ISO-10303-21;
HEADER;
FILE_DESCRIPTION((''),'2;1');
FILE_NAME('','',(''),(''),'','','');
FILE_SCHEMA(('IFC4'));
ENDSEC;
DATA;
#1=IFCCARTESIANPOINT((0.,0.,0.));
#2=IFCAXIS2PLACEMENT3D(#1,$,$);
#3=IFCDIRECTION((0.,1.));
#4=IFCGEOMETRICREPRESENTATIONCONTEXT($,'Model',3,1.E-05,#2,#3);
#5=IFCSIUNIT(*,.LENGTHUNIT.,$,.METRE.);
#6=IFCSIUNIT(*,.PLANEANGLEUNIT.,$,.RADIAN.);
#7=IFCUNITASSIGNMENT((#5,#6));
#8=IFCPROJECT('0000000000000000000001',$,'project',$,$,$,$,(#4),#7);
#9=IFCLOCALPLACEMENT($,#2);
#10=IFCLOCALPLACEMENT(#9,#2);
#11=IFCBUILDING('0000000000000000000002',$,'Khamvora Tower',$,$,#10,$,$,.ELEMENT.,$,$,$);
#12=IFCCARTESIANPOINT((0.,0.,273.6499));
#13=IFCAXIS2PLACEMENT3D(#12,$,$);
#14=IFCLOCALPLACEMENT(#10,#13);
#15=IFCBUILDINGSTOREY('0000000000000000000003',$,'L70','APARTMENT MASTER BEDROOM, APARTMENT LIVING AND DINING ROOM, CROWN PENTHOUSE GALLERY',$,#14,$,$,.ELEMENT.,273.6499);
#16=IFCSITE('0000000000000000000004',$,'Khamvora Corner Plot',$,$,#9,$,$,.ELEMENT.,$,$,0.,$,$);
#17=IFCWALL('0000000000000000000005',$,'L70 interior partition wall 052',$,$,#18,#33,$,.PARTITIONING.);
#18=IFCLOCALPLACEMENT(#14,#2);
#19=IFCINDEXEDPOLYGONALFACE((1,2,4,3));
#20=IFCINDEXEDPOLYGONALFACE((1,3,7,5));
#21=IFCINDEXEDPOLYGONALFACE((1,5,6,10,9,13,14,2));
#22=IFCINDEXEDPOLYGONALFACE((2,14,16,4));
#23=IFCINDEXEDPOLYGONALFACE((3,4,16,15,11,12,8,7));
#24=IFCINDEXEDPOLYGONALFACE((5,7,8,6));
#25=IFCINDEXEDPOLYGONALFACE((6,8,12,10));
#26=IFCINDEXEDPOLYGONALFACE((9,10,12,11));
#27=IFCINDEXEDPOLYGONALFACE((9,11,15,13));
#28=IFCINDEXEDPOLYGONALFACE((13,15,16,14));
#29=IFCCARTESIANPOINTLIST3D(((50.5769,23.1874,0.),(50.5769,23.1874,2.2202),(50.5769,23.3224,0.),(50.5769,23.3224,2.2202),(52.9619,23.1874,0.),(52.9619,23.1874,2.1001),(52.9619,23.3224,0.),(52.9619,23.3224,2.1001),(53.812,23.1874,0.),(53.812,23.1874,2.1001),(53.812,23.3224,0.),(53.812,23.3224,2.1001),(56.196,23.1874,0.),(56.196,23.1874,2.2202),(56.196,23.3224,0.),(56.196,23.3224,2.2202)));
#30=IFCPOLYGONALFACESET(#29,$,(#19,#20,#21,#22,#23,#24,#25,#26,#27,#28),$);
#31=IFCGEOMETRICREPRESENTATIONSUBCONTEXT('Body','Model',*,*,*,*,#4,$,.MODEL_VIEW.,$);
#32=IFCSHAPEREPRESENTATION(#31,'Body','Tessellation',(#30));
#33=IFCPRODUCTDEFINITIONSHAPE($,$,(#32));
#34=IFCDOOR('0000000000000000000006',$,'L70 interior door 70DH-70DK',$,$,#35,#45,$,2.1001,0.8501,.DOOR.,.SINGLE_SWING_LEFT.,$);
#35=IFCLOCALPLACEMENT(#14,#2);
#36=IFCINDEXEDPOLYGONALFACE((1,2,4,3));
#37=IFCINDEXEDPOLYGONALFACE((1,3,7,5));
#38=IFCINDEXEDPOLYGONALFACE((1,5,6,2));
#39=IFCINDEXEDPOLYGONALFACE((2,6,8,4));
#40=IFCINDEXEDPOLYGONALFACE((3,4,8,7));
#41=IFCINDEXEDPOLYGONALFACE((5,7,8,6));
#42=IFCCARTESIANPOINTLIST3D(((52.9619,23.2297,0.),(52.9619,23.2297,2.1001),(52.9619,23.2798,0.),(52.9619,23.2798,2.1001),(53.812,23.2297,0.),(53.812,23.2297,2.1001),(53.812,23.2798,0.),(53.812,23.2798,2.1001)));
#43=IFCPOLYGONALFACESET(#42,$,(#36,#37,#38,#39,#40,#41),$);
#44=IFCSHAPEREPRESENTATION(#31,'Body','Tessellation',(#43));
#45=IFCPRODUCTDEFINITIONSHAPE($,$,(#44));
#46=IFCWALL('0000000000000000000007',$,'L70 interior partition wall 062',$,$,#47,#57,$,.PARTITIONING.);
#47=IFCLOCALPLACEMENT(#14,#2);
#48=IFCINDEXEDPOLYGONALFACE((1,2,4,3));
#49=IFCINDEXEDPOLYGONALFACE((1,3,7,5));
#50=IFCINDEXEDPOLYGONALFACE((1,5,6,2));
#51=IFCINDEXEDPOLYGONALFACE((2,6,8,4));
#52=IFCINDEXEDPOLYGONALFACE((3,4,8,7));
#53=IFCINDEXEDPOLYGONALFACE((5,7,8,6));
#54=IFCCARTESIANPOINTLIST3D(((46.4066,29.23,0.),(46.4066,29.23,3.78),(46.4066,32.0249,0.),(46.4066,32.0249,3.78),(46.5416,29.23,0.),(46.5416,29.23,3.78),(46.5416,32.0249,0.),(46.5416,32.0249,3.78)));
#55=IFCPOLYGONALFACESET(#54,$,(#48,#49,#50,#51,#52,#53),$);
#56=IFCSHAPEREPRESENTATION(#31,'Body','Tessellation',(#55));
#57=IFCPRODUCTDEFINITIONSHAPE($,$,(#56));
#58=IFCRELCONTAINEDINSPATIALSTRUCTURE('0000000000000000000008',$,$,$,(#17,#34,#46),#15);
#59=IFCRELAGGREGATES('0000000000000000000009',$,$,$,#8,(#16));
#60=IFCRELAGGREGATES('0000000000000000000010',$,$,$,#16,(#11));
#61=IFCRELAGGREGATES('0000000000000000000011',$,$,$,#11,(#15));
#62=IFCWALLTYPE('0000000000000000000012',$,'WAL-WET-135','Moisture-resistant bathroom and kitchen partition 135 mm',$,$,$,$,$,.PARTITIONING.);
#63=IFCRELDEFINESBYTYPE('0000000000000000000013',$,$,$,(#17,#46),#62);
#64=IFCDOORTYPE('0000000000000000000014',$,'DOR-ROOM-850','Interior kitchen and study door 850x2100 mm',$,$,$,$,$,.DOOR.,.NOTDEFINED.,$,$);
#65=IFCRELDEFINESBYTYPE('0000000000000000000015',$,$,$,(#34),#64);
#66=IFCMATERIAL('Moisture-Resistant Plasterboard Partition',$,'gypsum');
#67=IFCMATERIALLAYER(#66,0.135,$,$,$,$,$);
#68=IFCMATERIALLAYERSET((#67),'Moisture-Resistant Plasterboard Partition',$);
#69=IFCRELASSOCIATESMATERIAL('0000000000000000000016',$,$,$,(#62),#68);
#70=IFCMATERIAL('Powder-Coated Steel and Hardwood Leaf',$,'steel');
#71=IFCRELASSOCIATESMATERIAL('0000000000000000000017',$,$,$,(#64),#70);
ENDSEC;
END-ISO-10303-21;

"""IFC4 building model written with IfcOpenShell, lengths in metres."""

from ifc_helpers import new_model, si_unit, direction, frame, frame_2d, origin, place, context, subcontext, project, spatial, rectangle, extrude, material, layer, layer_set, type_object, element, fill, save


model = new_model("IFC4")

# Units and contexts
model_context = context("Model", 3, precision=1e-05, world=origin(), true_north=direction((0.0, 1.0)))
body_context = subcontext(model_context, "Body", "Model", "MODEL_VIEW")
ifc_project = project(units=[si_unit("LENGTHUNIT", "METRE"), si_unit("PLANEANGLEUNIT", "RADIAN")], contexts=[model_context])

# Site, building, storey
site_placement = place(None, origin())
site = spatial("IfcSite", under=ifc_project, at=site_placement, Name="Khamvora Corner Plot", CompositionType="ELEMENT", RefElevation=0.0)
building_placement = place(site_placement, origin())
building = spatial("IfcBuilding", under=site, at=building_placement, Name="Khamvora Tower", CompositionType="ELEMENT")
storey_placement = place(building_placement, frame((0.0, 0.0, 273.6499)))
storey = spatial("IfcBuildingStorey", under=building, at=storey_placement, Name="L70", Description="APARTMENT MASTER BEDROOM, APARTMENT LIVING AND DINING ROOM, CROWN PENTHOUSE GALLERY", CompositionType="ELEMENT", Elevation=273.6499)

# Shared definitions
ifc_material_1 = material(Name="Powder-Coated Steel and Hardwood Leaf", Category="steel")

# Shared definitions
ifc_material_2 = material(Name="Moisture-Resistant Plasterboard Partition", Category="gypsum")
ifc_layer_1 = layer(ifc_material_2, 0.135)
ifc_layer_set_1 = layer_set([ifc_layer_1], Name="Moisture-Resistant Plasterboard Partition")
wall_type_1 = type_object("IfcWallType", Name="WAL-WET-135", Description="Moisture-resistant bathroom and kitchen partition 135 mm", PredefinedType="PARTITIONING", material=ifc_layer_set_1)

# Wall, opening, door
wall_1_placement = place(storey_placement, frame((50.5769, 23.2549, 0.0), z_axis=(0.0, 0.0, 1.0), x_axis=(1.0, 0.0, 0.0)))
wall_1 = element("IfcWall", 1, at=wall_1_placement, inside=storey, type_object=wall_type_1, Name="L70 interior partition wall 052", PredefinedType="PARTITIONING", context=body_context, shape_type="SweptSolid", body=[
    extrude(rectangle(XDim=5.6191, YDim=0.135, at=frame_2d((2.8096, 0.0))), origin(), (0.0, 0.0, 1.0), 2.2202),
])
opening_1_placement = place(wall_1_placement, frame((2.385, 0.0, 0.0)))
opening_1 = element("IfcOpeningElement", 2, at=opening_1_placement, cuts=wall_1, PredefinedType="OPENING", context=body_context, shape_type="SweptSolid", body=[
    extrude(rectangle(XDim=0.8501, YDim=2.1001, at=frame_2d((0.425, 1.05))), frame((0.0, 0.0774, 0.0), z_axis=(0.0, -1.0, 0.0), x_axis=(1.0, 0.0, 0.0)), (0.0, 0.0, 1.0), 0.155),
])
door_type_1 = type_object("IfcDoorType", Name="DOR-ROOM-850", Description="Interior kitchen and study door 850x2100 mm", OperationType="NOTDEFINED", PredefinedType="DOOR", material=ifc_material_1)
door_1_placement = place(opening_1_placement, origin())
door_1 = element("IfcDoor", 3, at=door_1_placement, inside=storey, type_object=door_type_1, Name="L70 interior door 70DH-70DK", OperationType="SINGLE_SWING_LEFT", OverallHeight=2.1001, OverallWidth=0.8501, PredefinedType="DOOR", context=body_context, shape_type="SweptSolid", body=[
    extrude(rectangle(XDim=0.8501, YDim=2.1001, at=frame_2d((0.425, 1.05))), frame((0.0, 0.0249, 0.0), z_axis=(0.0, -1.0, 0.0), x_axis=(1.0, 0.0, 0.0)), (0.0, 0.0, 1.0), 0.05),
])
fill(opening_1, door_1)

# Wall
wall_2_placement = place(storey_placement, frame((46.4741, 29.23, 0.0), z_axis=(0.0, 0.0, 1.0), x_axis=(0.0, 1.0, 0.0)))
element("IfcWall", 4, at=wall_2_placement, inside=storey, type_object=wall_type_1, Name="L70 interior partition wall 062", PredefinedType="PARTITIONING", context=body_context, shape_type="SweptSolid", body=[
    extrude(rectangle(XDim=2.7949, YDim=0.135, at=frame_2d((1.3975, 0.0))), origin(), (0.0, 0.0, 1.0), 3.78),
])

save(model, "model.ifc")
